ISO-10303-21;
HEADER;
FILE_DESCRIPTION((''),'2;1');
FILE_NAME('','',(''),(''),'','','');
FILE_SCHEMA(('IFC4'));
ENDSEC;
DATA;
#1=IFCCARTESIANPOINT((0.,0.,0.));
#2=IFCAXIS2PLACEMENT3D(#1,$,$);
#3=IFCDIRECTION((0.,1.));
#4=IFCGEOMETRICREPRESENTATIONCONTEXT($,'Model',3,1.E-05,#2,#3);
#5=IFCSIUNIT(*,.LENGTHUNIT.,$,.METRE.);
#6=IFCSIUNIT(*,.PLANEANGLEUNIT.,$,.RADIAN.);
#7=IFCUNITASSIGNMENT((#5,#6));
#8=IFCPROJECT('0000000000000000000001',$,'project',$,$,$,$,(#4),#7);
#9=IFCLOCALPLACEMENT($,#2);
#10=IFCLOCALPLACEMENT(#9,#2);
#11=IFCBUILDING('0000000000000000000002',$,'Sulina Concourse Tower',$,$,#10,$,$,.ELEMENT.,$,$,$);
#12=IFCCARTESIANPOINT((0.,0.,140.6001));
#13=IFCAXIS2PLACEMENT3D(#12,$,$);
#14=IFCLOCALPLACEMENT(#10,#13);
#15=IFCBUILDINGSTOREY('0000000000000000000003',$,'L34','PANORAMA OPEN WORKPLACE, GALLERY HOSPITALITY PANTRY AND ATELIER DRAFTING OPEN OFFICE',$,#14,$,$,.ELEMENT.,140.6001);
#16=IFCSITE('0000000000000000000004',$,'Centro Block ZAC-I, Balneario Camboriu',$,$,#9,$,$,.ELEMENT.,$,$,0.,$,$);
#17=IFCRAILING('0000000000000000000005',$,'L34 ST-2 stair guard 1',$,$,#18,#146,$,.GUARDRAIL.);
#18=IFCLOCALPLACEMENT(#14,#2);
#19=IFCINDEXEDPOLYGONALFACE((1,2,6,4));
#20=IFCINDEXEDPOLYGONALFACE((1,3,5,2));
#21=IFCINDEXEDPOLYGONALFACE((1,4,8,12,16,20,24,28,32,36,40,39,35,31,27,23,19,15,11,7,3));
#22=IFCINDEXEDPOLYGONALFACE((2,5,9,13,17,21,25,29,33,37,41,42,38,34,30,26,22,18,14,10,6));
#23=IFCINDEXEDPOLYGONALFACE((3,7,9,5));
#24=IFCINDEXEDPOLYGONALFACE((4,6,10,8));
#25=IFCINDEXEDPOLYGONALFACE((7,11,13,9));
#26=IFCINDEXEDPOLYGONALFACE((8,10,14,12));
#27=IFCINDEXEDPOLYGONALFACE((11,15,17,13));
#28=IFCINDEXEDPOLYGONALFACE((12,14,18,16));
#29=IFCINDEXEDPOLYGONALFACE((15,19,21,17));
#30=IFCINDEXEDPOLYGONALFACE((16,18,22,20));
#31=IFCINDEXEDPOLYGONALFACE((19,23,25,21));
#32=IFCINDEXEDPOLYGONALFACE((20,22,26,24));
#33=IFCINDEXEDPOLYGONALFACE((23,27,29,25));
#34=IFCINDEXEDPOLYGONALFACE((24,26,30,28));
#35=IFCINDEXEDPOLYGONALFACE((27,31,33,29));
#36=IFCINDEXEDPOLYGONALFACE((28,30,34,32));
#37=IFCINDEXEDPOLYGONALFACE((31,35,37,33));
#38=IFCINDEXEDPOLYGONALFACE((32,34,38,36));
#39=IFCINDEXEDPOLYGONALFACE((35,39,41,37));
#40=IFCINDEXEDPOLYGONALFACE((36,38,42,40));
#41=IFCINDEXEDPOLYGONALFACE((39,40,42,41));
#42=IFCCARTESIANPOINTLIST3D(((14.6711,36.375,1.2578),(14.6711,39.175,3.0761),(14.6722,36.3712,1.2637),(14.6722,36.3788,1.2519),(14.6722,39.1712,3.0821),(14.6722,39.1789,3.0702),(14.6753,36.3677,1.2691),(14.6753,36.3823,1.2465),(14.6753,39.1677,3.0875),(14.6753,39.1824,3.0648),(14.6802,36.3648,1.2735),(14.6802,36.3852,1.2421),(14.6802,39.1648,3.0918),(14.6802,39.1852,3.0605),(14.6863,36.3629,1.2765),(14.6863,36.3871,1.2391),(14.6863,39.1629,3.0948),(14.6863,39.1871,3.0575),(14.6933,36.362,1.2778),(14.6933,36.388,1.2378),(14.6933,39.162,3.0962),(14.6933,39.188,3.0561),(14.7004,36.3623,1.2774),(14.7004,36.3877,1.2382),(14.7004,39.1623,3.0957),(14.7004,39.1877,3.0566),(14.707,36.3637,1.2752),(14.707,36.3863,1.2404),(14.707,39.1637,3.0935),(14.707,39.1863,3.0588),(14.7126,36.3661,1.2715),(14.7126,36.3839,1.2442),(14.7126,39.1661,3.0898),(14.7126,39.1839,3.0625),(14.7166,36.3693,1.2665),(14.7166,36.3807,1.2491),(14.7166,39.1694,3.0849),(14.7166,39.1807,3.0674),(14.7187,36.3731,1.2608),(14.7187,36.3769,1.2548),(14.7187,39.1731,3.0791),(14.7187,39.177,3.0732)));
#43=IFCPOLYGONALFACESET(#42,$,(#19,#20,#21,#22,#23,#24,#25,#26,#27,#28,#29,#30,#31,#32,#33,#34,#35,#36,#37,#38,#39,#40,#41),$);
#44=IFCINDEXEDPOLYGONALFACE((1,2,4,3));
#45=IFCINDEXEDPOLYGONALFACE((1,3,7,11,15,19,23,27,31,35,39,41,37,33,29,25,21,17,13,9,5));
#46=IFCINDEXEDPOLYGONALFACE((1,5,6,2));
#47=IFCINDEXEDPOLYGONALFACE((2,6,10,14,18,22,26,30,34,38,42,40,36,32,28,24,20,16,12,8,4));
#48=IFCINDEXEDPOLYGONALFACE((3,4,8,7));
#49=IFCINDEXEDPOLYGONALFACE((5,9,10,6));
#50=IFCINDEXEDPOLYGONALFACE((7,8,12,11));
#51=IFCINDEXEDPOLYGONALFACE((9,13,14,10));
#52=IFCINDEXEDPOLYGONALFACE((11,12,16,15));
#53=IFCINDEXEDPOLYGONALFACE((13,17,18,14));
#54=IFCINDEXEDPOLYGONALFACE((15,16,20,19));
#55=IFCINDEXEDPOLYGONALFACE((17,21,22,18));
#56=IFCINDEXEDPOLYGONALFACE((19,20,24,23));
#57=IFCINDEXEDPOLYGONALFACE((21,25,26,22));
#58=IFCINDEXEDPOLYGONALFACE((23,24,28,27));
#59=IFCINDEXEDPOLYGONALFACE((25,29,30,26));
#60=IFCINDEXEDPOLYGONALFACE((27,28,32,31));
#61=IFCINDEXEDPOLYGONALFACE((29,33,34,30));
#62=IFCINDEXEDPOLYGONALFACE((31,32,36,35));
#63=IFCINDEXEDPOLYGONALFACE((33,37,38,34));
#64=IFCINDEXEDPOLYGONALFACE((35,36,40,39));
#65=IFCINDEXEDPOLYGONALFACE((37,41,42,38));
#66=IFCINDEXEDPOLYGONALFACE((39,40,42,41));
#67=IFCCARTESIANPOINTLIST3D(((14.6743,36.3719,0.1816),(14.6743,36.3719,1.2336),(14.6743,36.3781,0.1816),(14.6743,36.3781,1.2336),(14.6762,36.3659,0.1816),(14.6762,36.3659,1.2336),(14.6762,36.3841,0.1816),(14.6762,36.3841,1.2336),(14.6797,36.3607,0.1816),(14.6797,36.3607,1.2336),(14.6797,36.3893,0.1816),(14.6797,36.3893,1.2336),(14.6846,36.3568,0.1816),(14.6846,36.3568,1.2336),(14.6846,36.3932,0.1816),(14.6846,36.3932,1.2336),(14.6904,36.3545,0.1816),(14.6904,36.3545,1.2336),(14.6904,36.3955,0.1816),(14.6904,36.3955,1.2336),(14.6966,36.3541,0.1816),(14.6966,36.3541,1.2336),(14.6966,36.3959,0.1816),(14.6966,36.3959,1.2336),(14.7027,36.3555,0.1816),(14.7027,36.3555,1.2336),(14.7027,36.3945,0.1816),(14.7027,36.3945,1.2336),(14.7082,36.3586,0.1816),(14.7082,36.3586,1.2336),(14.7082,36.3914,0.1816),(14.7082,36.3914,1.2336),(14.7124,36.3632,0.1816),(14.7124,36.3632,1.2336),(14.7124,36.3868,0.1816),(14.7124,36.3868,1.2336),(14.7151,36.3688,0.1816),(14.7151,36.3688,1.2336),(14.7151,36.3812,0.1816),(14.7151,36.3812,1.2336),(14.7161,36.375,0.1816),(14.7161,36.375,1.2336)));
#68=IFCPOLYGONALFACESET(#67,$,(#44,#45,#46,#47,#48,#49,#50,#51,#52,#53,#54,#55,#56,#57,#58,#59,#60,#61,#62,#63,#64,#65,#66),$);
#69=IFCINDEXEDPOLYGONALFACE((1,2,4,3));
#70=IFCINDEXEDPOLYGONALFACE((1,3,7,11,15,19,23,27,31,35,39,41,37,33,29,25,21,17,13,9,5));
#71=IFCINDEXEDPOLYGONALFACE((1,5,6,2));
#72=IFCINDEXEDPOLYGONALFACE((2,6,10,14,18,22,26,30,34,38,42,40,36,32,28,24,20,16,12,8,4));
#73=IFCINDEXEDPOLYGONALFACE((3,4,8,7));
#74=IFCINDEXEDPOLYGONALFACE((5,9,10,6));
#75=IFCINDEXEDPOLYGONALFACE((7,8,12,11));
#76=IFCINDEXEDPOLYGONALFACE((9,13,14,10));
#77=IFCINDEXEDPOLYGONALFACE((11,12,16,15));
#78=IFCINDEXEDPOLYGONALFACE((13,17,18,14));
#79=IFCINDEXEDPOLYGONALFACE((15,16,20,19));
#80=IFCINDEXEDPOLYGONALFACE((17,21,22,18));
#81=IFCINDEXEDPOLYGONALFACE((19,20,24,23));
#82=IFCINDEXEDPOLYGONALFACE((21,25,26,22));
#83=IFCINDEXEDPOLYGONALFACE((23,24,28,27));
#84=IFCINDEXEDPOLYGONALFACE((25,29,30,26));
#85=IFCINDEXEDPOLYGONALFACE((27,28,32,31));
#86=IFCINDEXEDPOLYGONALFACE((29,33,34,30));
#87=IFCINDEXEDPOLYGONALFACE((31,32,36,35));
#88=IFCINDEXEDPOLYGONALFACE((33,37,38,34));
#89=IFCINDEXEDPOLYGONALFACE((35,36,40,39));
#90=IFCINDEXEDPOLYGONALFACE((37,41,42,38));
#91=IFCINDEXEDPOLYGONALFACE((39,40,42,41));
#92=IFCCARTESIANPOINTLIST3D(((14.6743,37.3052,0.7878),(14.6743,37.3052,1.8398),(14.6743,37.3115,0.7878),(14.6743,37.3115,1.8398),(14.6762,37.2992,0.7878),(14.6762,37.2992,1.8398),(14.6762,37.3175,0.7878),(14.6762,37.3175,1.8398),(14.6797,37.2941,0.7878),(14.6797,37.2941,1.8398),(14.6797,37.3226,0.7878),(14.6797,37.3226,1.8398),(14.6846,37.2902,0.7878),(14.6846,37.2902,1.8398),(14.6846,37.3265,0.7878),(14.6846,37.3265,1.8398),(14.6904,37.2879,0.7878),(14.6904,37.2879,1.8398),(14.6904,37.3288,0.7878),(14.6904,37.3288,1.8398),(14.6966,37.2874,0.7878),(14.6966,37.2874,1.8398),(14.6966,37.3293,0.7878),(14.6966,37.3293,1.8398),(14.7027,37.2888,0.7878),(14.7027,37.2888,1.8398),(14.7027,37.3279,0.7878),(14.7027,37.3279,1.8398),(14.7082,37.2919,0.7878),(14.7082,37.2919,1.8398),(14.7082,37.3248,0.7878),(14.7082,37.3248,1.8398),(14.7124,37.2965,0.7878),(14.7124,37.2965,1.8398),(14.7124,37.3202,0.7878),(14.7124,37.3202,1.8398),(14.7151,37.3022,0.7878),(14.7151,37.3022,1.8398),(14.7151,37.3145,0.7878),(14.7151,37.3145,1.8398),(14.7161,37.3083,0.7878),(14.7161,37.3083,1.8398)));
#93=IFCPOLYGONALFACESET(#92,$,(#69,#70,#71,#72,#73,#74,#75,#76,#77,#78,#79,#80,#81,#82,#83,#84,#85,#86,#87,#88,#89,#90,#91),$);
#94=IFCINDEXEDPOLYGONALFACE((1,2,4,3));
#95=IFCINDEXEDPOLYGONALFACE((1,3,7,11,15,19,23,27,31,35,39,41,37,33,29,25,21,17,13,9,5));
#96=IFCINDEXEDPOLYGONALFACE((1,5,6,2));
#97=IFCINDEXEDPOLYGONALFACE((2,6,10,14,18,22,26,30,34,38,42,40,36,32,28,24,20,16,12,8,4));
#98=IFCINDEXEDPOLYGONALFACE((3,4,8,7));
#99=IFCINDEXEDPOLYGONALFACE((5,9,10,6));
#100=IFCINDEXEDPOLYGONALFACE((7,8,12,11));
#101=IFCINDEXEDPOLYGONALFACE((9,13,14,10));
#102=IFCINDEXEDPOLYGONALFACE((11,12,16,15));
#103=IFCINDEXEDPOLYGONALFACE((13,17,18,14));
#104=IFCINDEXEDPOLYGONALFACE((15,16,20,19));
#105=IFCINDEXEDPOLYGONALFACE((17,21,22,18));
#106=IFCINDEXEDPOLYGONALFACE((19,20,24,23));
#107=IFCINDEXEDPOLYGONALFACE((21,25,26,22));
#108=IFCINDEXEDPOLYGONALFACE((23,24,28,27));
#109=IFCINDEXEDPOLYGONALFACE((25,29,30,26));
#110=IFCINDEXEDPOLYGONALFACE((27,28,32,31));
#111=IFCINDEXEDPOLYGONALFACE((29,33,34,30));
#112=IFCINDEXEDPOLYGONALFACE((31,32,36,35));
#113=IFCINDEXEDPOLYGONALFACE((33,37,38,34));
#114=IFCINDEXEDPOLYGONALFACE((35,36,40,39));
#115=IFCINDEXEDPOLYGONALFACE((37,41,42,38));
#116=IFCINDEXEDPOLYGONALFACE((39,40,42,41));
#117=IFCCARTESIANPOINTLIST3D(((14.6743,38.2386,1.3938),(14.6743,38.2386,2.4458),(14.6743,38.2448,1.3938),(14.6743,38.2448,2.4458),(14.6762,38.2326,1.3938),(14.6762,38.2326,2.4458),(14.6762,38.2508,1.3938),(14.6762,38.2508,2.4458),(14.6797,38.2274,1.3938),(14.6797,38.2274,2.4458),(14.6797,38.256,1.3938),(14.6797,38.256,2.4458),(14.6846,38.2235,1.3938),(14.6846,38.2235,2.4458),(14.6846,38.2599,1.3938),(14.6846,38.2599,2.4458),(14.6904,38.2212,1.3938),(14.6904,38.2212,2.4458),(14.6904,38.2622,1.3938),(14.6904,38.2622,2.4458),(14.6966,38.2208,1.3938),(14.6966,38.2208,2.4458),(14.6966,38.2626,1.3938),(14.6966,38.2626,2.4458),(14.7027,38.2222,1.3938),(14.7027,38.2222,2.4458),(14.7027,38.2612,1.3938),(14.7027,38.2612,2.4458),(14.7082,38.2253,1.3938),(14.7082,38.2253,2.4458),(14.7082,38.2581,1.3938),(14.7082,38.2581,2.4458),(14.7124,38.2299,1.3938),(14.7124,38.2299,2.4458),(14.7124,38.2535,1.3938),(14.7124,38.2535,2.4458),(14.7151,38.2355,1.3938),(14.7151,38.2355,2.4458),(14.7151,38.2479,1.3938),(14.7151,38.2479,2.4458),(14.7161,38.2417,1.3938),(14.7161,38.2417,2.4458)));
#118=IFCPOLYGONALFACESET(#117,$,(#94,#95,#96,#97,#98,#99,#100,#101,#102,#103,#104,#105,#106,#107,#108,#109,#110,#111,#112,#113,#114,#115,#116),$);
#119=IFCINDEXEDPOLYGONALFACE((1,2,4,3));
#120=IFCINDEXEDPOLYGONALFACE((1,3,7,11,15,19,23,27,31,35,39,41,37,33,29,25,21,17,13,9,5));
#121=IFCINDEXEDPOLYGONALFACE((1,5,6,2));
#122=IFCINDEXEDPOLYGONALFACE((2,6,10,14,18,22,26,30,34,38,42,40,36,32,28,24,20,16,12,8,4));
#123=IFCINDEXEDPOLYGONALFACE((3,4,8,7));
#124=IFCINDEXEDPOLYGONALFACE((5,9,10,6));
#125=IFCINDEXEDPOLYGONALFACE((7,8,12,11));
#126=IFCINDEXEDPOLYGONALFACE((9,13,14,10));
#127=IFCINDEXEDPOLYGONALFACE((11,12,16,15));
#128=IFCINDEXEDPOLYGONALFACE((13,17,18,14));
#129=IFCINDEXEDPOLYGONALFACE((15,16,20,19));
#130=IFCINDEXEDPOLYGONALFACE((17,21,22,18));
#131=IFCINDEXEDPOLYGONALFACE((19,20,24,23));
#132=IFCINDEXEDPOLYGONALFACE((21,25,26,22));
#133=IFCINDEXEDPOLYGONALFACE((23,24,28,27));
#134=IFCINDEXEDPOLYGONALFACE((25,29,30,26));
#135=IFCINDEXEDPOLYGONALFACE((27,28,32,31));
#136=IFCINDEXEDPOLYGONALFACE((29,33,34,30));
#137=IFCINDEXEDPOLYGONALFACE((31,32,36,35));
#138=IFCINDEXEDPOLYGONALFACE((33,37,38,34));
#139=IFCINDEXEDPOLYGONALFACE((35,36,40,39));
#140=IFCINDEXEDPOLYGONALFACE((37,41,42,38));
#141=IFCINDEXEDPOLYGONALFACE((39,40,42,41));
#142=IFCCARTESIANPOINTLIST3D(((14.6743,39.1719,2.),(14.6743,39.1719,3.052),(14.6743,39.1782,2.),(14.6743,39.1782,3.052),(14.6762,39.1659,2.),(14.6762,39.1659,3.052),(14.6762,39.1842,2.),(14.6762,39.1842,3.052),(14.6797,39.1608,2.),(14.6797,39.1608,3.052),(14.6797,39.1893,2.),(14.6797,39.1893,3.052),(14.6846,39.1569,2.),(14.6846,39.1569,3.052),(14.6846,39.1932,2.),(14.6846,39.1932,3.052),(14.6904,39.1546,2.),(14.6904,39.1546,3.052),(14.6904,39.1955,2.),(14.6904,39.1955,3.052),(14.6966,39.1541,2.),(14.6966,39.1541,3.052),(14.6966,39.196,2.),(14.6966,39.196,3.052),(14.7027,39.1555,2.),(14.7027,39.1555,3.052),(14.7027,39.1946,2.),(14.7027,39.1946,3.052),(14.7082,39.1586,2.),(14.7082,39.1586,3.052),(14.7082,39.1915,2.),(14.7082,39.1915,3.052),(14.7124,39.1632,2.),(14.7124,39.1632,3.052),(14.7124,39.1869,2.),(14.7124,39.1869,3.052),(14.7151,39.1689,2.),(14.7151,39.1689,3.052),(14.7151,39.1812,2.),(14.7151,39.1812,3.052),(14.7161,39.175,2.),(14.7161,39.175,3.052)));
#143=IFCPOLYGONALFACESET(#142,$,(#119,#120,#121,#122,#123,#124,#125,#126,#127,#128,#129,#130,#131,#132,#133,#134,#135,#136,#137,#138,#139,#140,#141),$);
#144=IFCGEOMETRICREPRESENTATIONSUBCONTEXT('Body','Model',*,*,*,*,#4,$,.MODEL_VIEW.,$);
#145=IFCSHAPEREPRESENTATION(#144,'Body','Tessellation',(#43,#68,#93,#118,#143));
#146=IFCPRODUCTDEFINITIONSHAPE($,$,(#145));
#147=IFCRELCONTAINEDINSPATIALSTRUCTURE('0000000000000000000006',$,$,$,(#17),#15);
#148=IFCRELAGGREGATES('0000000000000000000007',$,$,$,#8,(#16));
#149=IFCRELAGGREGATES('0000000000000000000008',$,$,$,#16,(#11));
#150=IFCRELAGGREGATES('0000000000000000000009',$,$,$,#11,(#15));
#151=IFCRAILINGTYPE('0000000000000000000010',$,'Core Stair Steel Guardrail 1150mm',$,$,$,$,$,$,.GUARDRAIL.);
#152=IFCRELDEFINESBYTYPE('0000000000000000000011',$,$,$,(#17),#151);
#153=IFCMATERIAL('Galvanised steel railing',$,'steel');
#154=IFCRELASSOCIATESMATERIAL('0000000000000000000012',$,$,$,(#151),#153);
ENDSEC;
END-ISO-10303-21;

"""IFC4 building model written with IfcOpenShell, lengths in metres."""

from ifc_helpers import new_model, si_unit, direction, frame, origin, origin_2d, place, context, subcontext, project, spatial, circle, extrude, material, type_object, element, save


model = new_model("IFC4")

# Units and contexts
model_context = context("Model", 3, precision=1e-05, world=origin(), true_north=direction((0.0, 1.0)))
body_context = subcontext(model_context, "Body", "Model", "MODEL_VIEW")
ifc_project = project(units=[si_unit("LENGTHUNIT", "METRE"), si_unit("PLANEANGLEUNIT", "RADIAN")], contexts=[model_context])

# Site, building, storey
site_placement = place(None, origin())
site = spatial("IfcSite", under=ifc_project, at=site_placement, Name="Centro Block ZAC-I, Balneario Camboriu", CompositionType="ELEMENT", RefElevation=0.0)
building_placement = place(site_placement, origin())
building = spatial("IfcBuilding", under=site, at=building_placement, Name="Sulina Concourse Tower", CompositionType="ELEMENT")
storey_placement = place(building_placement, frame((0.0, 0.0, 140.6001)))
storey = spatial("IfcBuildingStorey", under=building, at=storey_placement, Name="L34", Description="PANORAMA OPEN WORKPLACE, GALLERY HOSPITALITY PANTRY AND ATELIER DRAFTING OPEN OFFICE", CompositionType="ELEMENT", Elevation=140.6001)

# Railing
ifc_material_1 = material(Name="Galvanised steel railing", Category="steel")
railing_type_1 = type_object("IfcRailingType", Name="Core Stair Steel Guardrail 1150mm", PredefinedType="GUARDRAIL", material=ifc_material_1)
railing_1_placement = place(storey_placement, frame((14.6951, 36.375, 0.1816)))
element("IfcRailing", 1, at=railing_1_placement, inside=storey, type_object=railing_type_1, Name="L34 ST-2 stair guard 1", PredefinedType="GUARDRAIL", context=body_context, shape_type="SweptSolid", body=[
    extrude(circle(Radius=0.0239, at=origin_2d()), frame((0.0, 0.0, 1.0762), z_axis=(0.0, 0.838672, 0.544636), x_axis=(-1.0, 0.0, 0.0)), (0.0, 0.0, 1.0), 3.3386),
    extrude(circle(Radius=0.021, at=origin_2d()), origin(), (0.0, 0.0, 1.0), 1.052),
    extrude(circle(Radius=0.021, at=origin_2d()), frame((0.0, 0.9333, 0.6062)), (0.0, 0.0, 1.0), 1.052),
    extrude(circle(Radius=0.021, at=origin_2d()), frame((0.0, 1.8667, 1.2122)), (0.0, 0.0, 1.0), 1.052),
    extrude(circle(Radius=0.021, at=origin_2d()), frame((0.0, 2.8, 1.8184)), (0.0, 0.0, 1.0), 1.052),
])

save(model, "model.ifc")
